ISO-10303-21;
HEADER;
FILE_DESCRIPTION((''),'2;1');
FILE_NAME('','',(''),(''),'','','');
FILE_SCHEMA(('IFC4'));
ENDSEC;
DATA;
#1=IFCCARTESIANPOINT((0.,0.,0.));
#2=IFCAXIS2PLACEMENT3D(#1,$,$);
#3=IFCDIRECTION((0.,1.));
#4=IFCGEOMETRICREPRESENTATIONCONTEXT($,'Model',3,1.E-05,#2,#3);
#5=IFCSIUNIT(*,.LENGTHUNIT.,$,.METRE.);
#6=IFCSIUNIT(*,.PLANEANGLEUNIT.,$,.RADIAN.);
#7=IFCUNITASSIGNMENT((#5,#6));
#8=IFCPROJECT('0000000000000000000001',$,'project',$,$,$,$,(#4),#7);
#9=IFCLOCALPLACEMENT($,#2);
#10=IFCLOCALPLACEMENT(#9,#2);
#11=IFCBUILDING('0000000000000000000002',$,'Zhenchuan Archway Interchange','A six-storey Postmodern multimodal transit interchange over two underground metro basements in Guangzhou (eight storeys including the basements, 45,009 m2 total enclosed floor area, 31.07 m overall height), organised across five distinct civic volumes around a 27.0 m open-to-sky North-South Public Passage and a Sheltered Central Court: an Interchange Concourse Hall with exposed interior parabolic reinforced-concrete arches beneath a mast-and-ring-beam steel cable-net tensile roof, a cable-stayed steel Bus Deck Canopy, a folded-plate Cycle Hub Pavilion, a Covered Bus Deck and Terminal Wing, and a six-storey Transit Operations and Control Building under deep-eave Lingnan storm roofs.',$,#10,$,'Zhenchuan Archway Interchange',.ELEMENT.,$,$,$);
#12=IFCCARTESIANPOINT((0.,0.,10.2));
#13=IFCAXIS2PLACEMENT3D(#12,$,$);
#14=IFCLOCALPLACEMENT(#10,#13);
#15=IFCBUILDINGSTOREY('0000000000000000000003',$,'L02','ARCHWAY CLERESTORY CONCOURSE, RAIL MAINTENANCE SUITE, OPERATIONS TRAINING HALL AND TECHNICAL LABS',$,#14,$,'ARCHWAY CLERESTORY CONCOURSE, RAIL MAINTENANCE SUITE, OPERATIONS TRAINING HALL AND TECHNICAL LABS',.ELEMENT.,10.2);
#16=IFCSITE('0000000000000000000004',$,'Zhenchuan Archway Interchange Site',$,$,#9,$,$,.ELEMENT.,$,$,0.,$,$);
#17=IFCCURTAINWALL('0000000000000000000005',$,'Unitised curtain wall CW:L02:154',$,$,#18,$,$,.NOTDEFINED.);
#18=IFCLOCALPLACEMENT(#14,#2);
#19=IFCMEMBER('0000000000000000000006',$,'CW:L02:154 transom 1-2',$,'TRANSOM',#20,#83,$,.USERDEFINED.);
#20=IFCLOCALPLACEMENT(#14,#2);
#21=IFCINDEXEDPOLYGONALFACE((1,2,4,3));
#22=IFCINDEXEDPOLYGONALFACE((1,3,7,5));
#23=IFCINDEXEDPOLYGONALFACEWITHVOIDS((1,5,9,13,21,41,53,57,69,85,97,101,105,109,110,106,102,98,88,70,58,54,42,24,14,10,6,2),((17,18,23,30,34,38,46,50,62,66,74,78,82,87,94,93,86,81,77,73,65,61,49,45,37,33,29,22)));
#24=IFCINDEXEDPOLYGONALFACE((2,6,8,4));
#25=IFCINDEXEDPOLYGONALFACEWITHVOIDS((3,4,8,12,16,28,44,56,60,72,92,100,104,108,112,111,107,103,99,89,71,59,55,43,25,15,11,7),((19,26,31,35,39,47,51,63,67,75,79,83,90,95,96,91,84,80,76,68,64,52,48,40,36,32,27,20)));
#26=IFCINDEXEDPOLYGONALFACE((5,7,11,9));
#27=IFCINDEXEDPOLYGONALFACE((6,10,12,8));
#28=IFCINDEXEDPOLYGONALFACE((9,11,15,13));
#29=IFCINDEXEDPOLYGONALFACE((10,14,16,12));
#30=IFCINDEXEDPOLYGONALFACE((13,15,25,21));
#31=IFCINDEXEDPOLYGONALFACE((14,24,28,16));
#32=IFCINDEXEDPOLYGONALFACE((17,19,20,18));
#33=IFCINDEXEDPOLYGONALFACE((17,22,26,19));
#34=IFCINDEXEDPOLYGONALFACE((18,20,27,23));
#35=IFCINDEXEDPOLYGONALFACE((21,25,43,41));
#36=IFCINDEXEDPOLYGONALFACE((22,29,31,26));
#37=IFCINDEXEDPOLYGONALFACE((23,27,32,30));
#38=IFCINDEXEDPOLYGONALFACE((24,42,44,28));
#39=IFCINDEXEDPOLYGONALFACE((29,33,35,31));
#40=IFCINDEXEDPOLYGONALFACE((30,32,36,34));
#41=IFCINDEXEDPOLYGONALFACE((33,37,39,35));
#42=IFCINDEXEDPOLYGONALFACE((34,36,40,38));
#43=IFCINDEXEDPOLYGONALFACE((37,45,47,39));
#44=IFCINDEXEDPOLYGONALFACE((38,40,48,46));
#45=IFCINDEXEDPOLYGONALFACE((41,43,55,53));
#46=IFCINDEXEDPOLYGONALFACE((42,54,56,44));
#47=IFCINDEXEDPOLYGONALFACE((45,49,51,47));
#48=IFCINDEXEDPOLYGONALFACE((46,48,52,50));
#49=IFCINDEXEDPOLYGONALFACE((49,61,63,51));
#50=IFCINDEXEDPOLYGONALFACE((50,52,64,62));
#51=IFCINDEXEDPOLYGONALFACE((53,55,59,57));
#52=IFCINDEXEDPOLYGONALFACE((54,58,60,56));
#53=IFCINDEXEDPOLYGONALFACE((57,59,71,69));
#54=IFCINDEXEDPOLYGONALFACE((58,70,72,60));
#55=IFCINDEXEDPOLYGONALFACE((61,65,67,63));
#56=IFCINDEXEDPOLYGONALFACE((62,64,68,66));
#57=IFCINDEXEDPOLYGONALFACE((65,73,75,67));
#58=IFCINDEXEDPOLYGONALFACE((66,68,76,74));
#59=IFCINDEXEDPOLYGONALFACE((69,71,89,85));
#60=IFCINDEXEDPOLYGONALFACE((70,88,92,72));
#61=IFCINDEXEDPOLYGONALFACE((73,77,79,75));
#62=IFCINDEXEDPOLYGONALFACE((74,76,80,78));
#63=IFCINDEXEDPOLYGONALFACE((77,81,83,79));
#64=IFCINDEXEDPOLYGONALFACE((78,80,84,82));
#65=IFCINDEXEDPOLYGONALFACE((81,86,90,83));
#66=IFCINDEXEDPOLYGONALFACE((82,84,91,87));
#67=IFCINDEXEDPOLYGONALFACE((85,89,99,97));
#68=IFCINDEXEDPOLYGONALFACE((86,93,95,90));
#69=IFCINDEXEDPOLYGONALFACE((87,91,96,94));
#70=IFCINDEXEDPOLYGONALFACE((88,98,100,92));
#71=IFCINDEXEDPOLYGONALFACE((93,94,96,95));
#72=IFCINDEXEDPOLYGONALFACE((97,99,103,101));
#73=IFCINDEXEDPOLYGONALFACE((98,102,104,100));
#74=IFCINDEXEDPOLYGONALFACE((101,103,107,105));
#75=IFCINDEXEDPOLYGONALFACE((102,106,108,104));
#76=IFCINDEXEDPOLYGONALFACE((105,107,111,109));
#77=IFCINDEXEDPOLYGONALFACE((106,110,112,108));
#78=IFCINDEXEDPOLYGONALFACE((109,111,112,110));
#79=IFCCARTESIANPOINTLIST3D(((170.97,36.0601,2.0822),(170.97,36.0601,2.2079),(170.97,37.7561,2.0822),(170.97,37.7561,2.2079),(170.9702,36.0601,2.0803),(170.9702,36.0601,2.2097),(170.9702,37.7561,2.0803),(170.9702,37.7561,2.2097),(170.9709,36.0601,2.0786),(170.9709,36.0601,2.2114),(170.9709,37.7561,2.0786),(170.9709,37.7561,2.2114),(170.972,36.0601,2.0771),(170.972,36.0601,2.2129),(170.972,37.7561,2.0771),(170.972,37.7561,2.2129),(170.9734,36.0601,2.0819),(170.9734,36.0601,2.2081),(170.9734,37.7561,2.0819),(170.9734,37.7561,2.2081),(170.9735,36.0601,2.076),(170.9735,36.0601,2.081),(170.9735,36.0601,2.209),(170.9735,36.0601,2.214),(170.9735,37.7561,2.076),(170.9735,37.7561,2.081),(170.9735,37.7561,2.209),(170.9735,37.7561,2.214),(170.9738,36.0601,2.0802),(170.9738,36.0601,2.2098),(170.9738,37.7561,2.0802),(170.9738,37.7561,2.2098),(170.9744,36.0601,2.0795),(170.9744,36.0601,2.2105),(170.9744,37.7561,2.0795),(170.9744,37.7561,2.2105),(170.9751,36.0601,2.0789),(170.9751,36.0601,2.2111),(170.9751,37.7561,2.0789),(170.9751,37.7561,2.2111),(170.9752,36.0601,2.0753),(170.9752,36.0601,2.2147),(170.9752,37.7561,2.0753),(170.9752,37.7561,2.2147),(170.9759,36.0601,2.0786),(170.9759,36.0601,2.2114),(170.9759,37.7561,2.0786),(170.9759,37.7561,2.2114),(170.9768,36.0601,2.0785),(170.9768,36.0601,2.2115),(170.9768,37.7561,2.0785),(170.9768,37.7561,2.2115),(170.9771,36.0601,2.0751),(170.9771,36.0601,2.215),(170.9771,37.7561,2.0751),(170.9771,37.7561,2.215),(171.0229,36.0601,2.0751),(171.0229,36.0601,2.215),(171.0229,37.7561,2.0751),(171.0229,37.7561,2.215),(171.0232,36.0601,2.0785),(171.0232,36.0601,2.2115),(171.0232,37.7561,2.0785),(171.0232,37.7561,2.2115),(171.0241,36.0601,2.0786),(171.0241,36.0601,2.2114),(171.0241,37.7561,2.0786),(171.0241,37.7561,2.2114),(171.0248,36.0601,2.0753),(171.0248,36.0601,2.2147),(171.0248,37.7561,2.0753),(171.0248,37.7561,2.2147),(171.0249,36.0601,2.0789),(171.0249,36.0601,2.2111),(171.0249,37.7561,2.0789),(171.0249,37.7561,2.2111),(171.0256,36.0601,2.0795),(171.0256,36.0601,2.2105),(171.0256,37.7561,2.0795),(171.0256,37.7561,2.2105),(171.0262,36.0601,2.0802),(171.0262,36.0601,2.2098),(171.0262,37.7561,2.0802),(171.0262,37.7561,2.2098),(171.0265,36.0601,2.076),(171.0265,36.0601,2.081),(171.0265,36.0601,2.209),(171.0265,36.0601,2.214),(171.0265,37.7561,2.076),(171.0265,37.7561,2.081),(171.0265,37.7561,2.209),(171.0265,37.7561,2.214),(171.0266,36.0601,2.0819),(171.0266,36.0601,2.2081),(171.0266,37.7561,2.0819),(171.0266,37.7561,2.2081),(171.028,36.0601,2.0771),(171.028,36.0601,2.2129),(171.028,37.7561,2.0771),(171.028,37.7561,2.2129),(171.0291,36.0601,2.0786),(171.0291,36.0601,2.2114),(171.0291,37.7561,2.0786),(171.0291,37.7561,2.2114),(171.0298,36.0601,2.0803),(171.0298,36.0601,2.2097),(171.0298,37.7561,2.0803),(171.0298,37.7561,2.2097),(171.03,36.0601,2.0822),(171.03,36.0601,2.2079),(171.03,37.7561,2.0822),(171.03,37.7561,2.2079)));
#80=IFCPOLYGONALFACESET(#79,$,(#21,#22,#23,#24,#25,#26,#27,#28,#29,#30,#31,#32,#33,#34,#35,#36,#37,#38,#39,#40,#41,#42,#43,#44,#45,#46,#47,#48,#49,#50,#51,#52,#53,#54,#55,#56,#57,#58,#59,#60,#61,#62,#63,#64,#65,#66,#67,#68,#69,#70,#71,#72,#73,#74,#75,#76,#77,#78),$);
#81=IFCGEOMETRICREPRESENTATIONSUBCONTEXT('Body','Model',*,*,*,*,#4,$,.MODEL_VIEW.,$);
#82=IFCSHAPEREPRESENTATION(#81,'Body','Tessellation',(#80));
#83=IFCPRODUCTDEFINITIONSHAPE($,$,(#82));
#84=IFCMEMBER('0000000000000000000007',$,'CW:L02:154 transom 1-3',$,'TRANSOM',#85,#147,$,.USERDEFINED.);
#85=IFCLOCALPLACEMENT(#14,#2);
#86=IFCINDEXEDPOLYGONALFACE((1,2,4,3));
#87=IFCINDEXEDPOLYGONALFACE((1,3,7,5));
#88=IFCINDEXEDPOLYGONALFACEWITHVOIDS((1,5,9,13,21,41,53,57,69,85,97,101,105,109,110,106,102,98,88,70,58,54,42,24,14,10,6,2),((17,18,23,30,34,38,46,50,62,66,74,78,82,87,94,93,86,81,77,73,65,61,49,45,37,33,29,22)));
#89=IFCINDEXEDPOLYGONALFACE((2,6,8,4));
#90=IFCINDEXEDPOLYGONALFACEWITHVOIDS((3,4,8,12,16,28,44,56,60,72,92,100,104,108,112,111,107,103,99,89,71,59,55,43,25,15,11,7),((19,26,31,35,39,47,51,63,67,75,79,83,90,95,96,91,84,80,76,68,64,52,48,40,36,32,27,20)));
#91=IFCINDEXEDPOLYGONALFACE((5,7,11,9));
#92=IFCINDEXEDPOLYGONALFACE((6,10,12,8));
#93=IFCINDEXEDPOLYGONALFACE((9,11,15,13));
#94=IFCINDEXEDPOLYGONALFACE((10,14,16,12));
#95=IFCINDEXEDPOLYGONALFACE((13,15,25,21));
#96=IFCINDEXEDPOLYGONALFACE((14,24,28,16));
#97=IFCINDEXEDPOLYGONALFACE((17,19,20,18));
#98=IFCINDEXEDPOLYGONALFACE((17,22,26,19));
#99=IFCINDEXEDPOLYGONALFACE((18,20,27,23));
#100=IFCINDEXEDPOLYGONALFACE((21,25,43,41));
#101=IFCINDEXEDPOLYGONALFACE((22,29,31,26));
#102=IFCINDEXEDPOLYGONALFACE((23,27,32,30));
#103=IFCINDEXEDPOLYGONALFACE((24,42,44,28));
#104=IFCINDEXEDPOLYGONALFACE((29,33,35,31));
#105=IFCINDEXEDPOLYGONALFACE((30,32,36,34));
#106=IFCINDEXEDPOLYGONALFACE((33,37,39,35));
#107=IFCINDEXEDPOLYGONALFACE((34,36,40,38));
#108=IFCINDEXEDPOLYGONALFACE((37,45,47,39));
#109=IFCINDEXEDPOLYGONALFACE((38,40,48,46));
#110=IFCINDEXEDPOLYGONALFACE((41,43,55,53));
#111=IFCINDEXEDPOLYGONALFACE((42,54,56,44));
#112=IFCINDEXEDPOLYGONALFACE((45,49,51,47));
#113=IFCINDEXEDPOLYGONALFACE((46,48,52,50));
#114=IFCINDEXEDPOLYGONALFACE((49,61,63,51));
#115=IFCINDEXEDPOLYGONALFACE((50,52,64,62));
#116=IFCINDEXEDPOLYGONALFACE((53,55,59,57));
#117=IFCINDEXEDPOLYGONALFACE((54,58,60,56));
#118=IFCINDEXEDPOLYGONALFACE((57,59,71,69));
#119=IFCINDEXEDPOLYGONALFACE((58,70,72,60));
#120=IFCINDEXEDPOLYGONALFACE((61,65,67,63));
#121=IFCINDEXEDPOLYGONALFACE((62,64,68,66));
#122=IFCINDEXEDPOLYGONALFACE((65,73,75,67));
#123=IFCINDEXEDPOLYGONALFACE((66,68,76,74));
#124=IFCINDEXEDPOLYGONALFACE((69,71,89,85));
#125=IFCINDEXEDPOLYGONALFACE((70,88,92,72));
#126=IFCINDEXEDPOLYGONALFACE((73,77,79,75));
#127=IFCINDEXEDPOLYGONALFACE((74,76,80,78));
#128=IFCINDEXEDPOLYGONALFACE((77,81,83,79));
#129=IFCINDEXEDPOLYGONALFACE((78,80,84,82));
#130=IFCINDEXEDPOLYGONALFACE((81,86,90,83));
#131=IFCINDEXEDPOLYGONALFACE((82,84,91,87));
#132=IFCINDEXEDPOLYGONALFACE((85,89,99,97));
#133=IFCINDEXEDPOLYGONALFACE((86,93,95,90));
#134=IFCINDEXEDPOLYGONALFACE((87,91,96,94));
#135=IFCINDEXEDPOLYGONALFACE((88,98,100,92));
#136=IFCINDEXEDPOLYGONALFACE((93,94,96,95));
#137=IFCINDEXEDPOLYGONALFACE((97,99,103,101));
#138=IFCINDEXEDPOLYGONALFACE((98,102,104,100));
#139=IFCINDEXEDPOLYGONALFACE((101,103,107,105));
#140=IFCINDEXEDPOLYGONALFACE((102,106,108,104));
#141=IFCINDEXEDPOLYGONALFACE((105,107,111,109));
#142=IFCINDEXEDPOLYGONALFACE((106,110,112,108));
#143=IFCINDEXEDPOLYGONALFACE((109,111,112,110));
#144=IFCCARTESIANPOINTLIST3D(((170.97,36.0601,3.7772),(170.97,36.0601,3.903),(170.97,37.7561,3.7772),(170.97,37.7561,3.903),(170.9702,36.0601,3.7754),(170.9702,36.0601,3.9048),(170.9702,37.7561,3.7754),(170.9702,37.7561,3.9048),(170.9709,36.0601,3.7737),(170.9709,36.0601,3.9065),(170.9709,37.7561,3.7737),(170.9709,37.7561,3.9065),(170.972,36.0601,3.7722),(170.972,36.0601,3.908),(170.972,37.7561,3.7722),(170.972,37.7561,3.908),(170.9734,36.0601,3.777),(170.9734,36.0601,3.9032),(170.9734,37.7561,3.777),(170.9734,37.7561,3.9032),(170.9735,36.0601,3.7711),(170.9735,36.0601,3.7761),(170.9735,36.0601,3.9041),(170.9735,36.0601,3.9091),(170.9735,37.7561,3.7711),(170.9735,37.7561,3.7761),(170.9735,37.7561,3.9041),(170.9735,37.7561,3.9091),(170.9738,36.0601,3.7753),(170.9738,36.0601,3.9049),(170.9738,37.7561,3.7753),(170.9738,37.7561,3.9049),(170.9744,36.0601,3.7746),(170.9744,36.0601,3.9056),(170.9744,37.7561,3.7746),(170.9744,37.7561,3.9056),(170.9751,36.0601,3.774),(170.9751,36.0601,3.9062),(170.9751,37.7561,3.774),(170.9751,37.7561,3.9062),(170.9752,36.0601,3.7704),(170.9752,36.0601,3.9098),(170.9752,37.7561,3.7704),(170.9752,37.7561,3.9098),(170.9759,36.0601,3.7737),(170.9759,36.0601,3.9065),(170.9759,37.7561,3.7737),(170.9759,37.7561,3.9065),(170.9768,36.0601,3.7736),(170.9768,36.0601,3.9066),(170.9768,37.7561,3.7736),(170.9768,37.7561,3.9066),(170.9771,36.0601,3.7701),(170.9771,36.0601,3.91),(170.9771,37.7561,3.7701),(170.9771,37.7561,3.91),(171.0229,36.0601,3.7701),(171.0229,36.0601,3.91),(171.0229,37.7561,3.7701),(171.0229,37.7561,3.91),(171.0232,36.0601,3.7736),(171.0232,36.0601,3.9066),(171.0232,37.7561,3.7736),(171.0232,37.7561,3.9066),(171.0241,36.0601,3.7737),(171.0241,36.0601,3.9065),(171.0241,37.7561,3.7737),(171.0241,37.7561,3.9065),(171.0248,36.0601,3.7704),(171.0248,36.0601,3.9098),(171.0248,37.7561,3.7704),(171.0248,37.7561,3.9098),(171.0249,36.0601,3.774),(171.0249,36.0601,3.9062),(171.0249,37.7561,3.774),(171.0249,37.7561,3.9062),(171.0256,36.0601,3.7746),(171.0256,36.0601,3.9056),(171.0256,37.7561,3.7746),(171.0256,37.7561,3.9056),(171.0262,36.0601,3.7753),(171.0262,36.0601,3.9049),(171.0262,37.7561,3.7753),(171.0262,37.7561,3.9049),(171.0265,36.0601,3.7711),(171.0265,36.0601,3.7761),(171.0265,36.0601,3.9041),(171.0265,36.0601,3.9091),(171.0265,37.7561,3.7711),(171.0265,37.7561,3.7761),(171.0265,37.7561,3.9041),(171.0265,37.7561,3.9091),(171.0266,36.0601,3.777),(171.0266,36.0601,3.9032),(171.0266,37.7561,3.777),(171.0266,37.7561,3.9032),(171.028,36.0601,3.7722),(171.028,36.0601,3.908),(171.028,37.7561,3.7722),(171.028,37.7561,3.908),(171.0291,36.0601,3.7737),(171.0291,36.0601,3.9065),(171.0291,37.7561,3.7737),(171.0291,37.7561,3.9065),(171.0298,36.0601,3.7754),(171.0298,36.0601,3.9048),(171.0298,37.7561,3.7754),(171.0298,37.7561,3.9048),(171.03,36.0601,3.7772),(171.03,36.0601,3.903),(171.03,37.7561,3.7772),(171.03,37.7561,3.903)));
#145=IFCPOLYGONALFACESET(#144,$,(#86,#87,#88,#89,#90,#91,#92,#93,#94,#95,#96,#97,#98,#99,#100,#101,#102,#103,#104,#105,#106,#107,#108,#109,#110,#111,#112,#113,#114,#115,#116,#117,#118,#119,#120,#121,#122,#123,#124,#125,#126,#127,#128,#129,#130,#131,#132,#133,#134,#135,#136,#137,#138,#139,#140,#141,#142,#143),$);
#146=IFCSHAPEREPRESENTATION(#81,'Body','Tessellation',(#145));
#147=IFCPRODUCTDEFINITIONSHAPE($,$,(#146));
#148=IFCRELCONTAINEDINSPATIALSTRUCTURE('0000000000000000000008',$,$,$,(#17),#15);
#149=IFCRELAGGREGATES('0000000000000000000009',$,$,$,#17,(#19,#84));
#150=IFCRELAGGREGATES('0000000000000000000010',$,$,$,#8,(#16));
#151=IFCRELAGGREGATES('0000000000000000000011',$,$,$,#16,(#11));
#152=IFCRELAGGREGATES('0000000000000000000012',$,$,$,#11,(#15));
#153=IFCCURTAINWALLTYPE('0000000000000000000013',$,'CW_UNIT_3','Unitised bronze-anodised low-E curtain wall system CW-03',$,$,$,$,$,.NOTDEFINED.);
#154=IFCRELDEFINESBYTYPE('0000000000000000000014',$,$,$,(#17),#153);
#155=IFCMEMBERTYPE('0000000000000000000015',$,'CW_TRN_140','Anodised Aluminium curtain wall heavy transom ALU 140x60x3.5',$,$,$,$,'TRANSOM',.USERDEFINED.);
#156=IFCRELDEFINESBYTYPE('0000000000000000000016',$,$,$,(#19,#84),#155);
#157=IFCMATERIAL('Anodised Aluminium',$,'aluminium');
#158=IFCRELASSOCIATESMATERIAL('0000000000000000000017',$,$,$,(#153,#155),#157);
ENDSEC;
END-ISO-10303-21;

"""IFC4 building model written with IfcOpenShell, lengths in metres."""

from ifc_helpers import new_model, si_unit, direction, frame, origin, origin_2d, place, context, subcontext, project, spatial, hollow_rectangle, extrude, material, material_profile, profile_set, type_object, element, aggregate, save


model = new_model("IFC4")

# Units and contexts
model_context = context("Model", 3, precision=1e-05, world=origin(), true_north=direction((0.0, 1.0)))
body_context = subcontext(model_context, "Body", "Model", "MODEL_VIEW")
ifc_project = project(units=[si_unit("LENGTHUNIT", "METRE"), si_unit("PLANEANGLEUNIT", "RADIAN")], contexts=[model_context])

# Site, building, storey
site_placement = place(None, origin())
site = spatial("IfcSite", under=ifc_project, at=site_placement, Name="Zhenchuan Archway Interchange Site", CompositionType="ELEMENT", RefElevation=0.0)
building_placement = place(site_placement, origin())
building = spatial("IfcBuilding", under=site, at=building_placement, Name="Zhenchuan Archway Interchange", Description="A six-storey Postmodern multimodal transit interchange over two underground metro basements in Guangzhou (eight storeys including the basements, 45,009 m2 total enclosed floor area, 31.07 m overall height), organised across five distinct civic volumes around a 27.0 m open-to-sky North-South Public Passage and a Sheltered Central Court: an Interchange Concourse Hall with exposed interior parabolic reinforced-concrete arches beneath a mast-and-ring-beam steel cable-net tensile roof, a cable-stayed steel Bus Deck Canopy, a folded-plate Cycle Hub Pavilion, a Covered Bus Deck and Terminal Wing, and a six-storey Transit Operations and Control Building under deep-eave Lingnan storm roofs.", LongName="Zhenchuan Archway Interchange", CompositionType="ELEMENT")
storey_placement = place(building_placement, frame((0.0, 0.0, 10.2)))
storey = spatial("IfcBuildingStorey", under=building, at=storey_placement, Name="L02", Description="ARCHWAY CLERESTORY CONCOURSE, RAIL MAINTENANCE SUITE, OPERATIONS TRAINING HALL AND TECHNICAL LABS", LongName="ARCHWAY CLERESTORY CONCOURSE, RAIL MAINTENANCE SUITE, OPERATIONS TRAINING HALL AND TECHNICAL LABS", CompositionType="ELEMENT", Elevation=10.2)

# Curtain wall, members
ifc_material_1 = material(Name="Anodised Aluminium", Category="aluminium")
curtain_wall_type = type_object("IfcCurtainWallType", Name="CW_UNIT_3", Description="Unitised bronze-anodised low-E curtain wall system CW-03", PredefinedType="NOTDEFINED", material=ifc_material_1)
curtain_wall_placement = place(storey_placement, origin())
curtain_wall = element("IfcCurtainWall", 1, at=curtain_wall_placement, inside=storey, type_object=curtain_wall_type, Name="Unitised curtain wall CW:L02:154", PredefinedType="NOTDEFINED")
ifc_material_profile_1 = material_profile(ifc_material_1, hollow_rectangle(XDim=0.0601, YDim=0.1399, WallThickness=0.0034, InnerFilletRadius=0.0034, OuterFilletRadius=0.0071, at=origin_2d()), Name="ALU 140x60x3.5")
ifc_profile_set_1 = profile_set([ifc_material_profile_1], Name="Anodised Aluminium")
member_type_1 = type_object("IfcMemberType", Name="CW_TRN_140", Description="Anodised Aluminium curtain wall heavy transom ALU 140x60x3.5", ElementType="TRANSOM", PredefinedType="USERDEFINED", material=ifc_profile_set_1)
member_1_placement = place(storey_placement, frame((171.0, 37.7561, 2.145), z_axis=(0.0, -1.0, 0.0), x_axis=(1.0, 0.0, 0.0)))
member_1 = element("IfcMember", 2, at=member_1_placement, type_object=member_type_1, Name="CW:L02:154 transom 1-2", ObjectType="TRANSOM", PredefinedType="USERDEFINED", context=body_context, shape_type="SweptSolid", body=[
    extrude(hollow_rectangle(XDim=0.0601, YDim=0.1399, WallThickness=0.0034, InnerFilletRadius=0.0034, OuterFilletRadius=0.0071, at=origin_2d()), origin(), (0.0, 0.0, 1.0), 1.696),
])
member_2_placement = place(storey_placement, frame((171.0, 37.7561, 3.8401), z_axis=(0.0, -1.0, 0.0), x_axis=(1.0, 0.0, 0.0)))
member_2 = element("IfcMember", 3, at=member_2_placement, type_object=member_type_1, Name="CW:L02:154 transom 1-3", ObjectType="TRANSOM", PredefinedType="USERDEFINED", context=body_context, shape_type="SweptSolid", body=[
    extrude(hollow_rectangle(XDim=0.0601, YDim=0.1399, WallThickness=0.0034, InnerFilletRadius=0.0034, OuterFilletRadius=0.0071, at=origin_2d()), origin(), (0.0, 0.0, 1.0), 1.696),
])
aggregate(curtain_wall, [member_1, member_2])

save(model, "model.ifc")
